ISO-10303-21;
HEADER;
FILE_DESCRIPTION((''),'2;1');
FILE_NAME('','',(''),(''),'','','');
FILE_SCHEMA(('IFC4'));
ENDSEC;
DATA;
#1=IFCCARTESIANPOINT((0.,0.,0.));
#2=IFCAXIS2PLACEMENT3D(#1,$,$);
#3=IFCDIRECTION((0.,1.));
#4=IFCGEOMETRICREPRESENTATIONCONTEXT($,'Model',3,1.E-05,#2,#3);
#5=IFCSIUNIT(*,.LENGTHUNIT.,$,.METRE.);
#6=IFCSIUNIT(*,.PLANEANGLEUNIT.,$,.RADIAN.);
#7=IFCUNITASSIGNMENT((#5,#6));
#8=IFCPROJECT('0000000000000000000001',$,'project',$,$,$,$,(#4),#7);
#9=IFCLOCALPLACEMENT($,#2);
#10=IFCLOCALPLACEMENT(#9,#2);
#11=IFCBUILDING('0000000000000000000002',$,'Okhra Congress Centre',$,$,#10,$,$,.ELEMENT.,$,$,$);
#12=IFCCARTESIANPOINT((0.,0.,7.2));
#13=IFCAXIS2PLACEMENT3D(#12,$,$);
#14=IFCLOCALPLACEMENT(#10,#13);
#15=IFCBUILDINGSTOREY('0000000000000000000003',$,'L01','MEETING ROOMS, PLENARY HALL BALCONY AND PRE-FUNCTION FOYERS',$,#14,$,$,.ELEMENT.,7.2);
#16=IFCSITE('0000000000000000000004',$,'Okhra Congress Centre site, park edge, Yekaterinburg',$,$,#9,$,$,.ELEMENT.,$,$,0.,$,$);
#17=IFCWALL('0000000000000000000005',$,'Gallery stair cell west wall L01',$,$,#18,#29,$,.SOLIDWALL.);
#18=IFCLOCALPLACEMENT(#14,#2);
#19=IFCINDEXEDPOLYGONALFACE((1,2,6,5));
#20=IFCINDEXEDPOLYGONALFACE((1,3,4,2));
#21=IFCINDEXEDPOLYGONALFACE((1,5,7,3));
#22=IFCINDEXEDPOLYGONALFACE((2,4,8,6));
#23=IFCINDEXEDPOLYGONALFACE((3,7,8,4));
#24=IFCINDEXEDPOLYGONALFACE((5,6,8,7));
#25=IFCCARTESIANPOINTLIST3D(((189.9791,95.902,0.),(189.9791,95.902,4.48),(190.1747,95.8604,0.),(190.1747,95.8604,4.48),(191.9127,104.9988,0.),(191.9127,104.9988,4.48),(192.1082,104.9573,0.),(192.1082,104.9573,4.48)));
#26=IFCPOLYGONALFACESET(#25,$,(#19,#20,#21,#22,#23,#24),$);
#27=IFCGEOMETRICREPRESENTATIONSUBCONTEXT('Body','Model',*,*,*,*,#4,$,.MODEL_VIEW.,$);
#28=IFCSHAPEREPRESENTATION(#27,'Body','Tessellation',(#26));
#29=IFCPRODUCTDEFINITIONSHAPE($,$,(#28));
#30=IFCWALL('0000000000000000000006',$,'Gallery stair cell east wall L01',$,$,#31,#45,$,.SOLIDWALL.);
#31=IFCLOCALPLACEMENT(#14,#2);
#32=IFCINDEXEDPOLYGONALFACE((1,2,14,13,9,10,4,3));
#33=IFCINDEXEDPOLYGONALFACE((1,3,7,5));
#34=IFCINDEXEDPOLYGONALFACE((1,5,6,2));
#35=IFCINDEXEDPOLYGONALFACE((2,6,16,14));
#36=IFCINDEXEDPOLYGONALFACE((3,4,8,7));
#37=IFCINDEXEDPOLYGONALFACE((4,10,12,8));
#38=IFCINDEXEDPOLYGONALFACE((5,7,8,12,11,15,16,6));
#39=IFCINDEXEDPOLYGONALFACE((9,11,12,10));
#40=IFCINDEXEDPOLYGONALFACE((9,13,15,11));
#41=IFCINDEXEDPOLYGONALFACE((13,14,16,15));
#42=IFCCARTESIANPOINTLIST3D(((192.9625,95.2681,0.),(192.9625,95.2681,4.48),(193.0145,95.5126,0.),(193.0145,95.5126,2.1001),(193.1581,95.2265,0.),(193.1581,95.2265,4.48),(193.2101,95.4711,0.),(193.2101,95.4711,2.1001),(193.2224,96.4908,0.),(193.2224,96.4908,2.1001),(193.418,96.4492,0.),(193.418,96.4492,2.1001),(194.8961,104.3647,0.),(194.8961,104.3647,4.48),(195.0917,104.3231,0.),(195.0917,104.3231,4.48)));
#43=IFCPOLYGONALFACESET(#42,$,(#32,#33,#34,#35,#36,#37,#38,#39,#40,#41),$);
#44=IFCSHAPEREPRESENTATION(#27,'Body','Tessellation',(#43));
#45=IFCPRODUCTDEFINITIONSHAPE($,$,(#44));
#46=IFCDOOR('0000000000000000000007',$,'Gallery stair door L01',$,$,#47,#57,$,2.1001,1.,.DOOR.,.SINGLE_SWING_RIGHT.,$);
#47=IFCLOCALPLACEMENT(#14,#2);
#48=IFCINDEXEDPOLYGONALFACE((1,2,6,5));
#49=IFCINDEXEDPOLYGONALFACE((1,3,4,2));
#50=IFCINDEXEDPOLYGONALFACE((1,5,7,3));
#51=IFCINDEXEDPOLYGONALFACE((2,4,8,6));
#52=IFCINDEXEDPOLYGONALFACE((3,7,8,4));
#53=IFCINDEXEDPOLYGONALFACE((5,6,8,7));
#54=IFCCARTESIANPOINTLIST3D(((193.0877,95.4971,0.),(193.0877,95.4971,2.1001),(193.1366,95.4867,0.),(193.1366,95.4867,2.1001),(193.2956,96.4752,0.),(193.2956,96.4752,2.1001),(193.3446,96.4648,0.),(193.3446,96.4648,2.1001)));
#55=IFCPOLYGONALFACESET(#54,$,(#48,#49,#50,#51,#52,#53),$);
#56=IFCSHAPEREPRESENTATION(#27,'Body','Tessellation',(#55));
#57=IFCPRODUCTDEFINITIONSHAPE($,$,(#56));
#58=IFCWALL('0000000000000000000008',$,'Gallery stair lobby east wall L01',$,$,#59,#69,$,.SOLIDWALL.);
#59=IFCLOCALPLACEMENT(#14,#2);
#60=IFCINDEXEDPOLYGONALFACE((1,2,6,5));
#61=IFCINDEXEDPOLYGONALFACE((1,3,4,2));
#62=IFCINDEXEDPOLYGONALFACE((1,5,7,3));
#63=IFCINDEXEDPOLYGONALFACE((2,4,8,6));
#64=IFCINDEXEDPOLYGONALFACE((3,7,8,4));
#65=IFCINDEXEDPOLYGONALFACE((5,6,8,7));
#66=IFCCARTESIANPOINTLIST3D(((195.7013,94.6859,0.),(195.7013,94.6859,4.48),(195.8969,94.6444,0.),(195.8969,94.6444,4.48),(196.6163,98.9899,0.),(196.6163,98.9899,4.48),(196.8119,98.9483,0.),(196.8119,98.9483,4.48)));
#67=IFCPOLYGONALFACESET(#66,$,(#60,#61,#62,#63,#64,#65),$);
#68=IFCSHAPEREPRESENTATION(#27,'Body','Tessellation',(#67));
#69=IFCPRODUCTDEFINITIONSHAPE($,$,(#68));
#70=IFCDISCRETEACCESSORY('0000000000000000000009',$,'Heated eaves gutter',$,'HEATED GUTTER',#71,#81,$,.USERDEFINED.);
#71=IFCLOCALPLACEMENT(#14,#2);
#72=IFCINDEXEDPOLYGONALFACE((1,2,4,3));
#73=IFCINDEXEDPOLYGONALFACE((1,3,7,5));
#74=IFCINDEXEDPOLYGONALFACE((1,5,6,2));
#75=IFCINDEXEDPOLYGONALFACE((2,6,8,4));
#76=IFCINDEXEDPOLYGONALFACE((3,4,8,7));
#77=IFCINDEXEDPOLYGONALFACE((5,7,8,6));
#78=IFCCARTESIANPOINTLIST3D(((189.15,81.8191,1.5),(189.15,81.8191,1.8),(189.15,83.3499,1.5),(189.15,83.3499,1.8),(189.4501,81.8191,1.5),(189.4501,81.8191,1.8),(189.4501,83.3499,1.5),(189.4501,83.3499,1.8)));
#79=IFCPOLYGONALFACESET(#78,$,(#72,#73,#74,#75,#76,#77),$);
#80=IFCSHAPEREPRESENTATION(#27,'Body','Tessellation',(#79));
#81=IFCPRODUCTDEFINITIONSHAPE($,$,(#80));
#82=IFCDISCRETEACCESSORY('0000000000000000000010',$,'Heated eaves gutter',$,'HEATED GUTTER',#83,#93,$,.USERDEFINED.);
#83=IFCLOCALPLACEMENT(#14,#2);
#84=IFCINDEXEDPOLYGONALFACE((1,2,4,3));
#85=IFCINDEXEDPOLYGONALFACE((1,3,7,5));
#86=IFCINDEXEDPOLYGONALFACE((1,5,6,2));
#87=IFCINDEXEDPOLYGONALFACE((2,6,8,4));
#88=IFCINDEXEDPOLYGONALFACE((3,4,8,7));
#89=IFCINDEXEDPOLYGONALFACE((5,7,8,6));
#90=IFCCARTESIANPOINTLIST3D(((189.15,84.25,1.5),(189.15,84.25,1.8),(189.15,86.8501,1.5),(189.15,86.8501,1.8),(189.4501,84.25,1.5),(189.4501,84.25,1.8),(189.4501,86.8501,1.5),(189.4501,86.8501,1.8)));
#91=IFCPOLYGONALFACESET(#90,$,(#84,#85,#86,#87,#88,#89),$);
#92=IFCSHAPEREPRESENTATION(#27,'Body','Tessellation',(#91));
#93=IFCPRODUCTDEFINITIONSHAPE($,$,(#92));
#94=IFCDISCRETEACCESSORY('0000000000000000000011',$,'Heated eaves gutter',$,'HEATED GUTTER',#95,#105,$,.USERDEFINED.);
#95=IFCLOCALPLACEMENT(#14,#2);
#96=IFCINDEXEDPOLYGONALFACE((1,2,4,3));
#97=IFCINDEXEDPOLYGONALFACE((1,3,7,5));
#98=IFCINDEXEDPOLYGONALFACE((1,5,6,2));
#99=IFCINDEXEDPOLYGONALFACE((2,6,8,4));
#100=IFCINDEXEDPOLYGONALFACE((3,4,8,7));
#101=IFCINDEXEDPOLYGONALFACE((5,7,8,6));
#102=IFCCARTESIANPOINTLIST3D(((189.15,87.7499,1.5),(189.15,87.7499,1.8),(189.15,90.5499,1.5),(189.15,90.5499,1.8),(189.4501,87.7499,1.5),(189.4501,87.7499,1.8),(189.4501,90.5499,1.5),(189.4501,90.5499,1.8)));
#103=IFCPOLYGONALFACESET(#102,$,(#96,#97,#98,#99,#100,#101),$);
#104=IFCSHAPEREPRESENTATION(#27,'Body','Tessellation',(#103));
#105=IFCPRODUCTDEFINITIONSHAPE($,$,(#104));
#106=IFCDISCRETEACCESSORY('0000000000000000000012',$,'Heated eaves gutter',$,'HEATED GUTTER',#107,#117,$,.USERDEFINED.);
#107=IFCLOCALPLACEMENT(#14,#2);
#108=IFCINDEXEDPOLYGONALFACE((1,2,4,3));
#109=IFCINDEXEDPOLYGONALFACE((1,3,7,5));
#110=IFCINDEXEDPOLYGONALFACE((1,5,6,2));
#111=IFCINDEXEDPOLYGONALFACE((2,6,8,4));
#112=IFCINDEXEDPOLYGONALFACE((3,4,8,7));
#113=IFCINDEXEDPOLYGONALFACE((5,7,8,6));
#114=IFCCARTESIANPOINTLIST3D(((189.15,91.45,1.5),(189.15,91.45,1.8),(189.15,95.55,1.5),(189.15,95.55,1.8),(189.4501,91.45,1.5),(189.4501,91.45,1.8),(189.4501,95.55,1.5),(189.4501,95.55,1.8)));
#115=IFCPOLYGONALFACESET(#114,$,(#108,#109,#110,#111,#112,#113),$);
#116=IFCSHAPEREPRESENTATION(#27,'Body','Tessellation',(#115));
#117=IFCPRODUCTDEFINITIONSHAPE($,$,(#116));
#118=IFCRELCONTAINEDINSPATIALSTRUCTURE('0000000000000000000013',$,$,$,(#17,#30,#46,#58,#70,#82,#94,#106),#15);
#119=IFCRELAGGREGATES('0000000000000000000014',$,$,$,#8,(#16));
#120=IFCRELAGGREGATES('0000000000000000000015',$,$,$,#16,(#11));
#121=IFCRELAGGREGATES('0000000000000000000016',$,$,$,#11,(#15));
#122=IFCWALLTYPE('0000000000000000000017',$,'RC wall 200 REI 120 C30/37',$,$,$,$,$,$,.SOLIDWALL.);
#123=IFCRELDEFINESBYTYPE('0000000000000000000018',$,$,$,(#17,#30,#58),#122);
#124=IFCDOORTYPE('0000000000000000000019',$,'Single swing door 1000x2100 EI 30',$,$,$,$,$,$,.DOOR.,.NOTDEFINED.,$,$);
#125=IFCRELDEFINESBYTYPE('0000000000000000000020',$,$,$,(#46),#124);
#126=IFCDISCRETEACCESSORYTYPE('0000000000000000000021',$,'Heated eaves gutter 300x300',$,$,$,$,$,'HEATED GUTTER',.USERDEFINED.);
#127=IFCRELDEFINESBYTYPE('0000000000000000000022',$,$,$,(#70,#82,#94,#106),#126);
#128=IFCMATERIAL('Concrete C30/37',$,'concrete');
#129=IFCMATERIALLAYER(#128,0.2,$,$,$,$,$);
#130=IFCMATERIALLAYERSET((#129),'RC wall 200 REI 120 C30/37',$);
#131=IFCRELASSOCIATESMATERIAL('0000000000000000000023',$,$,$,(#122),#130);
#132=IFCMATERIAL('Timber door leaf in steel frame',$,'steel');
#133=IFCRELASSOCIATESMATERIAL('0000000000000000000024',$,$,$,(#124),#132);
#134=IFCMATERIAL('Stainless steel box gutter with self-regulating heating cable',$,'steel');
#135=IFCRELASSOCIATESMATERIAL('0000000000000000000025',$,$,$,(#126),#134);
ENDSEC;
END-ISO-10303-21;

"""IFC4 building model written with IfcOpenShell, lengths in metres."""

from ifc_helpers import new_model, si_unit, direction, frame, frame_2d, origin, origin_2d, place, context, subcontext, project, spatial, rectangle, extrude, material, layer, layer_set, type_object, element, fill, save


model = new_model("IFC4")

# Units and contexts
model_context = context("Model", 3, precision=1e-05, world=origin(), true_north=direction((0.0, 1.0)))
body_context = subcontext(model_context, "Body", "Model", "MODEL_VIEW")
ifc_project = project(units=[si_unit("LENGTHUNIT", "METRE"), si_unit("PLANEANGLEUNIT", "RADIAN")], contexts=[model_context])

# Site, building, storey
site_placement = place(None, origin())
site = spatial("IfcSite", under=ifc_project, at=site_placement, Name="Okhra Congress Centre site, park edge, Yekaterinburg", CompositionType="ELEMENT", RefElevation=0.0)
building_placement = place(site_placement, origin())
building = spatial("IfcBuilding", under=site, at=building_placement, Name="Okhra Congress Centre", CompositionType="ELEMENT")
storey_placement = place(building_placement, frame((0.0, 0.0, 7.2)))
storey = spatial("IfcBuildingStorey", under=building, at=storey_placement, Name="L01", Description="MEETING ROOMS, PLENARY HALL BALCONY AND PRE-FUNCTION FOYERS", CompositionType="ELEMENT", Elevation=7.2)

# Wall
ifc_material_1 = material(Name="Concrete C30/37", Category="concrete")
ifc_layer_1 = layer(ifc_material_1, 0.2)
ifc_layer_set_1 = layer_set([ifc_layer_1], Name="RC wall 200 REI 120 C30/37")
wall_type_1 = type_object("IfcWallType", Name="RC wall 200 REI 120 C30/37", PredefinedType="SOLIDWALL", material=ifc_layer_set_1)
wall_1_placement = place(storey_placement, frame((190.0769, 95.8813, 0.0), z_axis=(0.0, 0.0, 1.0), x_axis=(0.20791, 0.978148, 0.0)))
element("IfcWall", 1, at=wall_1_placement, inside=storey, type_object=wall_type_1, Name="Gallery stair cell west wall L01", PredefinedType="SOLIDWALL", context=body_context, shape_type="SweptSolid", body=[
    extrude(rectangle(XDim=9.3, YDim=0.2, at=frame_2d((4.6499, 0.0))), origin(), (0.0, 0.0, 1.0), 4.48),
])

# Wall, opening, door
wall_2_placement = place(storey_placement, frame((193.0603, 95.2473, 0.0), z_axis=(0.0, 0.0, 1.0), x_axis=(0.207915, 0.978147, 0.0)))
wall_2 = element("IfcWall", 2, at=wall_2_placement, inside=storey, type_object=wall_type_1, Name="Gallery stair cell east wall L01", PredefinedType="SOLIDWALL", context=body_context, shape_type="SweptSolid", body=[
    extrude(rectangle(XDim=9.2998, YDim=0.2, at=frame_2d((4.6499, 0.0))), origin(), (0.0, 0.0, 1.0), 4.48),
])
opening_placement = place(wall_2_placement, frame((0.25, 0.0, 0.0)))
opening = element("IfcOpeningElement", 3, at=opening_placement, cuts=wall_2, PredefinedType="OPENING", context=body_context, shape_type="SweptSolid", body=[
    extrude(rectangle(XDim=1.0, YDim=2.1001, at=frame_2d((0.5, 1.05))), frame((0.0, 0.1099, 0.0), z_axis=(0.0, -1.0, 0.0), x_axis=(1.0, 0.0, 0.0)), (0.0, 0.0, 1.0), 0.22),
])
ifc_material_2 = material(Name="Timber door leaf in steel frame", Category="steel")
door_type = type_object("IfcDoorType", Name="Single swing door 1000x2100 EI 30", OperationType="NOTDEFINED", PredefinedType="DOOR", material=ifc_material_2)
door_placement = place(opening_placement, frame((1.0, 0.0, 0.0), z_axis=(0.0, 0.0, 1.0), x_axis=(-1.0, 0.0, 0.0)))
door = element("IfcDoor", 4, at=door_placement, inside=storey, type_object=door_type, Name="Gallery stair door L01", OperationType="SINGLE_SWING_RIGHT", OverallHeight=2.1001, OverallWidth=1.0, PredefinedType="DOOR", context=body_context, shape_type="SweptSolid", body=[
    extrude(rectangle(XDim=1.0, YDim=2.1001, at=frame_2d((0.5, 1.05))), frame((0.0, 0.0249, 0.0), z_axis=(0.0, -1.0, 0.0), x_axis=(1.0, 0.0, 0.0)), (0.0, 0.0, 1.0), 0.05),
])
fill(opening, door)

# Wall
wall_3_placement = place(storey_placement, frame((195.7991, 94.665, 0.0), z_axis=(0.0, 0.0, 1.0), x_axis=(0.207956, 0.978138, 0.0)))
element("IfcWall", 5, at=wall_3_placement, inside=storey, type_object=wall_type_1, Name="Gallery stair lobby east wall L01", PredefinedType="SOLIDWALL", context=body_context, shape_type="SweptSolid", body=[
    extrude(rectangle(XDim=4.4001, YDim=0.2, at=frame_2d((2.2002, 0.0))), origin(), (0.0, 0.0, 1.0), 4.48),
])

# Discrete accessories
ifc_material_3 = material(Name="Stainless steel box gutter with self-regulating heating cable", Category="steel")
discrete_accessory_type = type_object("IfcDiscreteAccessoryType", Name="Heated eaves gutter 300x300", ElementType="HEATED GUTTER", PredefinedType="USERDEFINED", material=ifc_material_3)
discrete_accessory_1_placement = place(storey_placement, frame((189.3, 82.5845, 1.5), z_axis=(0.0, 0.0, 1.0), x_axis=(1.0, 0.0, 0.0)))
element("IfcDiscreteAccessory", 6, at=discrete_accessory_1_placement, inside=storey, type_object=discrete_accessory_type, Name="Heated eaves gutter", ObjectType="HEATED GUTTER", PredefinedType="USERDEFINED", context=body_context, shape_type="SweptSolid", body=[
    extrude(rectangle(XDim=0.3, YDim=1.5308, at=origin_2d()), origin(), (0.0, 0.0, 1.0), 0.3),
])
discrete_accessory_2_placement = place(storey_placement, frame((189.3, 85.55, 1.5), z_axis=(0.0, 0.0, 1.0), x_axis=(1.0, 0.0, 0.0)))
element("IfcDiscreteAccessory", 7, at=discrete_accessory_2_placement, inside=storey, type_object=discrete_accessory_type, Name="Heated eaves gutter", ObjectType="HEATED GUTTER", PredefinedType="USERDEFINED", context=body_context, shape_type="SweptSolid", body=[
    extrude(rectangle(XDim=0.3, YDim=2.6001, at=origin_2d()), origin(), (0.0, 0.0, 1.0), 0.3),
])
discrete_accessory_3_placement = place(storey_placement, frame((189.3, 89.1499, 1.5), z_axis=(0.0, 0.0, 1.0), x_axis=(1.0, 0.0, 0.0)))
element("IfcDiscreteAccessory", 8, at=discrete_accessory_3_placement, inside=storey, type_object=discrete_accessory_type, Name="Heated eaves gutter", ObjectType="HEATED GUTTER", PredefinedType="USERDEFINED", context=body_context, shape_type="SweptSolid", body=[
    extrude(rectangle(XDim=0.3, YDim=2.8, at=origin_2d()), origin(), (0.0, 0.0, 1.0), 0.3),
])
discrete_accessory_4_placement = place(storey_placement, frame((189.3, 93.5, 1.5), z_axis=(0.0, 0.0, 1.0), x_axis=(1.0, 0.0, 0.0)))
element("IfcDiscreteAccessory", 9, at=discrete_accessory_4_placement, inside=storey, type_object=discrete_accessory_type, Name="Heated eaves gutter", ObjectType="HEATED GUTTER", PredefinedType="USERDEFINED", context=body_context, shape_type="SweptSolid", body=[
    extrude(rectangle(XDim=0.3, YDim=4.1001, at=origin_2d()), origin(), (0.0, 0.0, 1.0), 0.3),
])

save(model, "model.ifc")
